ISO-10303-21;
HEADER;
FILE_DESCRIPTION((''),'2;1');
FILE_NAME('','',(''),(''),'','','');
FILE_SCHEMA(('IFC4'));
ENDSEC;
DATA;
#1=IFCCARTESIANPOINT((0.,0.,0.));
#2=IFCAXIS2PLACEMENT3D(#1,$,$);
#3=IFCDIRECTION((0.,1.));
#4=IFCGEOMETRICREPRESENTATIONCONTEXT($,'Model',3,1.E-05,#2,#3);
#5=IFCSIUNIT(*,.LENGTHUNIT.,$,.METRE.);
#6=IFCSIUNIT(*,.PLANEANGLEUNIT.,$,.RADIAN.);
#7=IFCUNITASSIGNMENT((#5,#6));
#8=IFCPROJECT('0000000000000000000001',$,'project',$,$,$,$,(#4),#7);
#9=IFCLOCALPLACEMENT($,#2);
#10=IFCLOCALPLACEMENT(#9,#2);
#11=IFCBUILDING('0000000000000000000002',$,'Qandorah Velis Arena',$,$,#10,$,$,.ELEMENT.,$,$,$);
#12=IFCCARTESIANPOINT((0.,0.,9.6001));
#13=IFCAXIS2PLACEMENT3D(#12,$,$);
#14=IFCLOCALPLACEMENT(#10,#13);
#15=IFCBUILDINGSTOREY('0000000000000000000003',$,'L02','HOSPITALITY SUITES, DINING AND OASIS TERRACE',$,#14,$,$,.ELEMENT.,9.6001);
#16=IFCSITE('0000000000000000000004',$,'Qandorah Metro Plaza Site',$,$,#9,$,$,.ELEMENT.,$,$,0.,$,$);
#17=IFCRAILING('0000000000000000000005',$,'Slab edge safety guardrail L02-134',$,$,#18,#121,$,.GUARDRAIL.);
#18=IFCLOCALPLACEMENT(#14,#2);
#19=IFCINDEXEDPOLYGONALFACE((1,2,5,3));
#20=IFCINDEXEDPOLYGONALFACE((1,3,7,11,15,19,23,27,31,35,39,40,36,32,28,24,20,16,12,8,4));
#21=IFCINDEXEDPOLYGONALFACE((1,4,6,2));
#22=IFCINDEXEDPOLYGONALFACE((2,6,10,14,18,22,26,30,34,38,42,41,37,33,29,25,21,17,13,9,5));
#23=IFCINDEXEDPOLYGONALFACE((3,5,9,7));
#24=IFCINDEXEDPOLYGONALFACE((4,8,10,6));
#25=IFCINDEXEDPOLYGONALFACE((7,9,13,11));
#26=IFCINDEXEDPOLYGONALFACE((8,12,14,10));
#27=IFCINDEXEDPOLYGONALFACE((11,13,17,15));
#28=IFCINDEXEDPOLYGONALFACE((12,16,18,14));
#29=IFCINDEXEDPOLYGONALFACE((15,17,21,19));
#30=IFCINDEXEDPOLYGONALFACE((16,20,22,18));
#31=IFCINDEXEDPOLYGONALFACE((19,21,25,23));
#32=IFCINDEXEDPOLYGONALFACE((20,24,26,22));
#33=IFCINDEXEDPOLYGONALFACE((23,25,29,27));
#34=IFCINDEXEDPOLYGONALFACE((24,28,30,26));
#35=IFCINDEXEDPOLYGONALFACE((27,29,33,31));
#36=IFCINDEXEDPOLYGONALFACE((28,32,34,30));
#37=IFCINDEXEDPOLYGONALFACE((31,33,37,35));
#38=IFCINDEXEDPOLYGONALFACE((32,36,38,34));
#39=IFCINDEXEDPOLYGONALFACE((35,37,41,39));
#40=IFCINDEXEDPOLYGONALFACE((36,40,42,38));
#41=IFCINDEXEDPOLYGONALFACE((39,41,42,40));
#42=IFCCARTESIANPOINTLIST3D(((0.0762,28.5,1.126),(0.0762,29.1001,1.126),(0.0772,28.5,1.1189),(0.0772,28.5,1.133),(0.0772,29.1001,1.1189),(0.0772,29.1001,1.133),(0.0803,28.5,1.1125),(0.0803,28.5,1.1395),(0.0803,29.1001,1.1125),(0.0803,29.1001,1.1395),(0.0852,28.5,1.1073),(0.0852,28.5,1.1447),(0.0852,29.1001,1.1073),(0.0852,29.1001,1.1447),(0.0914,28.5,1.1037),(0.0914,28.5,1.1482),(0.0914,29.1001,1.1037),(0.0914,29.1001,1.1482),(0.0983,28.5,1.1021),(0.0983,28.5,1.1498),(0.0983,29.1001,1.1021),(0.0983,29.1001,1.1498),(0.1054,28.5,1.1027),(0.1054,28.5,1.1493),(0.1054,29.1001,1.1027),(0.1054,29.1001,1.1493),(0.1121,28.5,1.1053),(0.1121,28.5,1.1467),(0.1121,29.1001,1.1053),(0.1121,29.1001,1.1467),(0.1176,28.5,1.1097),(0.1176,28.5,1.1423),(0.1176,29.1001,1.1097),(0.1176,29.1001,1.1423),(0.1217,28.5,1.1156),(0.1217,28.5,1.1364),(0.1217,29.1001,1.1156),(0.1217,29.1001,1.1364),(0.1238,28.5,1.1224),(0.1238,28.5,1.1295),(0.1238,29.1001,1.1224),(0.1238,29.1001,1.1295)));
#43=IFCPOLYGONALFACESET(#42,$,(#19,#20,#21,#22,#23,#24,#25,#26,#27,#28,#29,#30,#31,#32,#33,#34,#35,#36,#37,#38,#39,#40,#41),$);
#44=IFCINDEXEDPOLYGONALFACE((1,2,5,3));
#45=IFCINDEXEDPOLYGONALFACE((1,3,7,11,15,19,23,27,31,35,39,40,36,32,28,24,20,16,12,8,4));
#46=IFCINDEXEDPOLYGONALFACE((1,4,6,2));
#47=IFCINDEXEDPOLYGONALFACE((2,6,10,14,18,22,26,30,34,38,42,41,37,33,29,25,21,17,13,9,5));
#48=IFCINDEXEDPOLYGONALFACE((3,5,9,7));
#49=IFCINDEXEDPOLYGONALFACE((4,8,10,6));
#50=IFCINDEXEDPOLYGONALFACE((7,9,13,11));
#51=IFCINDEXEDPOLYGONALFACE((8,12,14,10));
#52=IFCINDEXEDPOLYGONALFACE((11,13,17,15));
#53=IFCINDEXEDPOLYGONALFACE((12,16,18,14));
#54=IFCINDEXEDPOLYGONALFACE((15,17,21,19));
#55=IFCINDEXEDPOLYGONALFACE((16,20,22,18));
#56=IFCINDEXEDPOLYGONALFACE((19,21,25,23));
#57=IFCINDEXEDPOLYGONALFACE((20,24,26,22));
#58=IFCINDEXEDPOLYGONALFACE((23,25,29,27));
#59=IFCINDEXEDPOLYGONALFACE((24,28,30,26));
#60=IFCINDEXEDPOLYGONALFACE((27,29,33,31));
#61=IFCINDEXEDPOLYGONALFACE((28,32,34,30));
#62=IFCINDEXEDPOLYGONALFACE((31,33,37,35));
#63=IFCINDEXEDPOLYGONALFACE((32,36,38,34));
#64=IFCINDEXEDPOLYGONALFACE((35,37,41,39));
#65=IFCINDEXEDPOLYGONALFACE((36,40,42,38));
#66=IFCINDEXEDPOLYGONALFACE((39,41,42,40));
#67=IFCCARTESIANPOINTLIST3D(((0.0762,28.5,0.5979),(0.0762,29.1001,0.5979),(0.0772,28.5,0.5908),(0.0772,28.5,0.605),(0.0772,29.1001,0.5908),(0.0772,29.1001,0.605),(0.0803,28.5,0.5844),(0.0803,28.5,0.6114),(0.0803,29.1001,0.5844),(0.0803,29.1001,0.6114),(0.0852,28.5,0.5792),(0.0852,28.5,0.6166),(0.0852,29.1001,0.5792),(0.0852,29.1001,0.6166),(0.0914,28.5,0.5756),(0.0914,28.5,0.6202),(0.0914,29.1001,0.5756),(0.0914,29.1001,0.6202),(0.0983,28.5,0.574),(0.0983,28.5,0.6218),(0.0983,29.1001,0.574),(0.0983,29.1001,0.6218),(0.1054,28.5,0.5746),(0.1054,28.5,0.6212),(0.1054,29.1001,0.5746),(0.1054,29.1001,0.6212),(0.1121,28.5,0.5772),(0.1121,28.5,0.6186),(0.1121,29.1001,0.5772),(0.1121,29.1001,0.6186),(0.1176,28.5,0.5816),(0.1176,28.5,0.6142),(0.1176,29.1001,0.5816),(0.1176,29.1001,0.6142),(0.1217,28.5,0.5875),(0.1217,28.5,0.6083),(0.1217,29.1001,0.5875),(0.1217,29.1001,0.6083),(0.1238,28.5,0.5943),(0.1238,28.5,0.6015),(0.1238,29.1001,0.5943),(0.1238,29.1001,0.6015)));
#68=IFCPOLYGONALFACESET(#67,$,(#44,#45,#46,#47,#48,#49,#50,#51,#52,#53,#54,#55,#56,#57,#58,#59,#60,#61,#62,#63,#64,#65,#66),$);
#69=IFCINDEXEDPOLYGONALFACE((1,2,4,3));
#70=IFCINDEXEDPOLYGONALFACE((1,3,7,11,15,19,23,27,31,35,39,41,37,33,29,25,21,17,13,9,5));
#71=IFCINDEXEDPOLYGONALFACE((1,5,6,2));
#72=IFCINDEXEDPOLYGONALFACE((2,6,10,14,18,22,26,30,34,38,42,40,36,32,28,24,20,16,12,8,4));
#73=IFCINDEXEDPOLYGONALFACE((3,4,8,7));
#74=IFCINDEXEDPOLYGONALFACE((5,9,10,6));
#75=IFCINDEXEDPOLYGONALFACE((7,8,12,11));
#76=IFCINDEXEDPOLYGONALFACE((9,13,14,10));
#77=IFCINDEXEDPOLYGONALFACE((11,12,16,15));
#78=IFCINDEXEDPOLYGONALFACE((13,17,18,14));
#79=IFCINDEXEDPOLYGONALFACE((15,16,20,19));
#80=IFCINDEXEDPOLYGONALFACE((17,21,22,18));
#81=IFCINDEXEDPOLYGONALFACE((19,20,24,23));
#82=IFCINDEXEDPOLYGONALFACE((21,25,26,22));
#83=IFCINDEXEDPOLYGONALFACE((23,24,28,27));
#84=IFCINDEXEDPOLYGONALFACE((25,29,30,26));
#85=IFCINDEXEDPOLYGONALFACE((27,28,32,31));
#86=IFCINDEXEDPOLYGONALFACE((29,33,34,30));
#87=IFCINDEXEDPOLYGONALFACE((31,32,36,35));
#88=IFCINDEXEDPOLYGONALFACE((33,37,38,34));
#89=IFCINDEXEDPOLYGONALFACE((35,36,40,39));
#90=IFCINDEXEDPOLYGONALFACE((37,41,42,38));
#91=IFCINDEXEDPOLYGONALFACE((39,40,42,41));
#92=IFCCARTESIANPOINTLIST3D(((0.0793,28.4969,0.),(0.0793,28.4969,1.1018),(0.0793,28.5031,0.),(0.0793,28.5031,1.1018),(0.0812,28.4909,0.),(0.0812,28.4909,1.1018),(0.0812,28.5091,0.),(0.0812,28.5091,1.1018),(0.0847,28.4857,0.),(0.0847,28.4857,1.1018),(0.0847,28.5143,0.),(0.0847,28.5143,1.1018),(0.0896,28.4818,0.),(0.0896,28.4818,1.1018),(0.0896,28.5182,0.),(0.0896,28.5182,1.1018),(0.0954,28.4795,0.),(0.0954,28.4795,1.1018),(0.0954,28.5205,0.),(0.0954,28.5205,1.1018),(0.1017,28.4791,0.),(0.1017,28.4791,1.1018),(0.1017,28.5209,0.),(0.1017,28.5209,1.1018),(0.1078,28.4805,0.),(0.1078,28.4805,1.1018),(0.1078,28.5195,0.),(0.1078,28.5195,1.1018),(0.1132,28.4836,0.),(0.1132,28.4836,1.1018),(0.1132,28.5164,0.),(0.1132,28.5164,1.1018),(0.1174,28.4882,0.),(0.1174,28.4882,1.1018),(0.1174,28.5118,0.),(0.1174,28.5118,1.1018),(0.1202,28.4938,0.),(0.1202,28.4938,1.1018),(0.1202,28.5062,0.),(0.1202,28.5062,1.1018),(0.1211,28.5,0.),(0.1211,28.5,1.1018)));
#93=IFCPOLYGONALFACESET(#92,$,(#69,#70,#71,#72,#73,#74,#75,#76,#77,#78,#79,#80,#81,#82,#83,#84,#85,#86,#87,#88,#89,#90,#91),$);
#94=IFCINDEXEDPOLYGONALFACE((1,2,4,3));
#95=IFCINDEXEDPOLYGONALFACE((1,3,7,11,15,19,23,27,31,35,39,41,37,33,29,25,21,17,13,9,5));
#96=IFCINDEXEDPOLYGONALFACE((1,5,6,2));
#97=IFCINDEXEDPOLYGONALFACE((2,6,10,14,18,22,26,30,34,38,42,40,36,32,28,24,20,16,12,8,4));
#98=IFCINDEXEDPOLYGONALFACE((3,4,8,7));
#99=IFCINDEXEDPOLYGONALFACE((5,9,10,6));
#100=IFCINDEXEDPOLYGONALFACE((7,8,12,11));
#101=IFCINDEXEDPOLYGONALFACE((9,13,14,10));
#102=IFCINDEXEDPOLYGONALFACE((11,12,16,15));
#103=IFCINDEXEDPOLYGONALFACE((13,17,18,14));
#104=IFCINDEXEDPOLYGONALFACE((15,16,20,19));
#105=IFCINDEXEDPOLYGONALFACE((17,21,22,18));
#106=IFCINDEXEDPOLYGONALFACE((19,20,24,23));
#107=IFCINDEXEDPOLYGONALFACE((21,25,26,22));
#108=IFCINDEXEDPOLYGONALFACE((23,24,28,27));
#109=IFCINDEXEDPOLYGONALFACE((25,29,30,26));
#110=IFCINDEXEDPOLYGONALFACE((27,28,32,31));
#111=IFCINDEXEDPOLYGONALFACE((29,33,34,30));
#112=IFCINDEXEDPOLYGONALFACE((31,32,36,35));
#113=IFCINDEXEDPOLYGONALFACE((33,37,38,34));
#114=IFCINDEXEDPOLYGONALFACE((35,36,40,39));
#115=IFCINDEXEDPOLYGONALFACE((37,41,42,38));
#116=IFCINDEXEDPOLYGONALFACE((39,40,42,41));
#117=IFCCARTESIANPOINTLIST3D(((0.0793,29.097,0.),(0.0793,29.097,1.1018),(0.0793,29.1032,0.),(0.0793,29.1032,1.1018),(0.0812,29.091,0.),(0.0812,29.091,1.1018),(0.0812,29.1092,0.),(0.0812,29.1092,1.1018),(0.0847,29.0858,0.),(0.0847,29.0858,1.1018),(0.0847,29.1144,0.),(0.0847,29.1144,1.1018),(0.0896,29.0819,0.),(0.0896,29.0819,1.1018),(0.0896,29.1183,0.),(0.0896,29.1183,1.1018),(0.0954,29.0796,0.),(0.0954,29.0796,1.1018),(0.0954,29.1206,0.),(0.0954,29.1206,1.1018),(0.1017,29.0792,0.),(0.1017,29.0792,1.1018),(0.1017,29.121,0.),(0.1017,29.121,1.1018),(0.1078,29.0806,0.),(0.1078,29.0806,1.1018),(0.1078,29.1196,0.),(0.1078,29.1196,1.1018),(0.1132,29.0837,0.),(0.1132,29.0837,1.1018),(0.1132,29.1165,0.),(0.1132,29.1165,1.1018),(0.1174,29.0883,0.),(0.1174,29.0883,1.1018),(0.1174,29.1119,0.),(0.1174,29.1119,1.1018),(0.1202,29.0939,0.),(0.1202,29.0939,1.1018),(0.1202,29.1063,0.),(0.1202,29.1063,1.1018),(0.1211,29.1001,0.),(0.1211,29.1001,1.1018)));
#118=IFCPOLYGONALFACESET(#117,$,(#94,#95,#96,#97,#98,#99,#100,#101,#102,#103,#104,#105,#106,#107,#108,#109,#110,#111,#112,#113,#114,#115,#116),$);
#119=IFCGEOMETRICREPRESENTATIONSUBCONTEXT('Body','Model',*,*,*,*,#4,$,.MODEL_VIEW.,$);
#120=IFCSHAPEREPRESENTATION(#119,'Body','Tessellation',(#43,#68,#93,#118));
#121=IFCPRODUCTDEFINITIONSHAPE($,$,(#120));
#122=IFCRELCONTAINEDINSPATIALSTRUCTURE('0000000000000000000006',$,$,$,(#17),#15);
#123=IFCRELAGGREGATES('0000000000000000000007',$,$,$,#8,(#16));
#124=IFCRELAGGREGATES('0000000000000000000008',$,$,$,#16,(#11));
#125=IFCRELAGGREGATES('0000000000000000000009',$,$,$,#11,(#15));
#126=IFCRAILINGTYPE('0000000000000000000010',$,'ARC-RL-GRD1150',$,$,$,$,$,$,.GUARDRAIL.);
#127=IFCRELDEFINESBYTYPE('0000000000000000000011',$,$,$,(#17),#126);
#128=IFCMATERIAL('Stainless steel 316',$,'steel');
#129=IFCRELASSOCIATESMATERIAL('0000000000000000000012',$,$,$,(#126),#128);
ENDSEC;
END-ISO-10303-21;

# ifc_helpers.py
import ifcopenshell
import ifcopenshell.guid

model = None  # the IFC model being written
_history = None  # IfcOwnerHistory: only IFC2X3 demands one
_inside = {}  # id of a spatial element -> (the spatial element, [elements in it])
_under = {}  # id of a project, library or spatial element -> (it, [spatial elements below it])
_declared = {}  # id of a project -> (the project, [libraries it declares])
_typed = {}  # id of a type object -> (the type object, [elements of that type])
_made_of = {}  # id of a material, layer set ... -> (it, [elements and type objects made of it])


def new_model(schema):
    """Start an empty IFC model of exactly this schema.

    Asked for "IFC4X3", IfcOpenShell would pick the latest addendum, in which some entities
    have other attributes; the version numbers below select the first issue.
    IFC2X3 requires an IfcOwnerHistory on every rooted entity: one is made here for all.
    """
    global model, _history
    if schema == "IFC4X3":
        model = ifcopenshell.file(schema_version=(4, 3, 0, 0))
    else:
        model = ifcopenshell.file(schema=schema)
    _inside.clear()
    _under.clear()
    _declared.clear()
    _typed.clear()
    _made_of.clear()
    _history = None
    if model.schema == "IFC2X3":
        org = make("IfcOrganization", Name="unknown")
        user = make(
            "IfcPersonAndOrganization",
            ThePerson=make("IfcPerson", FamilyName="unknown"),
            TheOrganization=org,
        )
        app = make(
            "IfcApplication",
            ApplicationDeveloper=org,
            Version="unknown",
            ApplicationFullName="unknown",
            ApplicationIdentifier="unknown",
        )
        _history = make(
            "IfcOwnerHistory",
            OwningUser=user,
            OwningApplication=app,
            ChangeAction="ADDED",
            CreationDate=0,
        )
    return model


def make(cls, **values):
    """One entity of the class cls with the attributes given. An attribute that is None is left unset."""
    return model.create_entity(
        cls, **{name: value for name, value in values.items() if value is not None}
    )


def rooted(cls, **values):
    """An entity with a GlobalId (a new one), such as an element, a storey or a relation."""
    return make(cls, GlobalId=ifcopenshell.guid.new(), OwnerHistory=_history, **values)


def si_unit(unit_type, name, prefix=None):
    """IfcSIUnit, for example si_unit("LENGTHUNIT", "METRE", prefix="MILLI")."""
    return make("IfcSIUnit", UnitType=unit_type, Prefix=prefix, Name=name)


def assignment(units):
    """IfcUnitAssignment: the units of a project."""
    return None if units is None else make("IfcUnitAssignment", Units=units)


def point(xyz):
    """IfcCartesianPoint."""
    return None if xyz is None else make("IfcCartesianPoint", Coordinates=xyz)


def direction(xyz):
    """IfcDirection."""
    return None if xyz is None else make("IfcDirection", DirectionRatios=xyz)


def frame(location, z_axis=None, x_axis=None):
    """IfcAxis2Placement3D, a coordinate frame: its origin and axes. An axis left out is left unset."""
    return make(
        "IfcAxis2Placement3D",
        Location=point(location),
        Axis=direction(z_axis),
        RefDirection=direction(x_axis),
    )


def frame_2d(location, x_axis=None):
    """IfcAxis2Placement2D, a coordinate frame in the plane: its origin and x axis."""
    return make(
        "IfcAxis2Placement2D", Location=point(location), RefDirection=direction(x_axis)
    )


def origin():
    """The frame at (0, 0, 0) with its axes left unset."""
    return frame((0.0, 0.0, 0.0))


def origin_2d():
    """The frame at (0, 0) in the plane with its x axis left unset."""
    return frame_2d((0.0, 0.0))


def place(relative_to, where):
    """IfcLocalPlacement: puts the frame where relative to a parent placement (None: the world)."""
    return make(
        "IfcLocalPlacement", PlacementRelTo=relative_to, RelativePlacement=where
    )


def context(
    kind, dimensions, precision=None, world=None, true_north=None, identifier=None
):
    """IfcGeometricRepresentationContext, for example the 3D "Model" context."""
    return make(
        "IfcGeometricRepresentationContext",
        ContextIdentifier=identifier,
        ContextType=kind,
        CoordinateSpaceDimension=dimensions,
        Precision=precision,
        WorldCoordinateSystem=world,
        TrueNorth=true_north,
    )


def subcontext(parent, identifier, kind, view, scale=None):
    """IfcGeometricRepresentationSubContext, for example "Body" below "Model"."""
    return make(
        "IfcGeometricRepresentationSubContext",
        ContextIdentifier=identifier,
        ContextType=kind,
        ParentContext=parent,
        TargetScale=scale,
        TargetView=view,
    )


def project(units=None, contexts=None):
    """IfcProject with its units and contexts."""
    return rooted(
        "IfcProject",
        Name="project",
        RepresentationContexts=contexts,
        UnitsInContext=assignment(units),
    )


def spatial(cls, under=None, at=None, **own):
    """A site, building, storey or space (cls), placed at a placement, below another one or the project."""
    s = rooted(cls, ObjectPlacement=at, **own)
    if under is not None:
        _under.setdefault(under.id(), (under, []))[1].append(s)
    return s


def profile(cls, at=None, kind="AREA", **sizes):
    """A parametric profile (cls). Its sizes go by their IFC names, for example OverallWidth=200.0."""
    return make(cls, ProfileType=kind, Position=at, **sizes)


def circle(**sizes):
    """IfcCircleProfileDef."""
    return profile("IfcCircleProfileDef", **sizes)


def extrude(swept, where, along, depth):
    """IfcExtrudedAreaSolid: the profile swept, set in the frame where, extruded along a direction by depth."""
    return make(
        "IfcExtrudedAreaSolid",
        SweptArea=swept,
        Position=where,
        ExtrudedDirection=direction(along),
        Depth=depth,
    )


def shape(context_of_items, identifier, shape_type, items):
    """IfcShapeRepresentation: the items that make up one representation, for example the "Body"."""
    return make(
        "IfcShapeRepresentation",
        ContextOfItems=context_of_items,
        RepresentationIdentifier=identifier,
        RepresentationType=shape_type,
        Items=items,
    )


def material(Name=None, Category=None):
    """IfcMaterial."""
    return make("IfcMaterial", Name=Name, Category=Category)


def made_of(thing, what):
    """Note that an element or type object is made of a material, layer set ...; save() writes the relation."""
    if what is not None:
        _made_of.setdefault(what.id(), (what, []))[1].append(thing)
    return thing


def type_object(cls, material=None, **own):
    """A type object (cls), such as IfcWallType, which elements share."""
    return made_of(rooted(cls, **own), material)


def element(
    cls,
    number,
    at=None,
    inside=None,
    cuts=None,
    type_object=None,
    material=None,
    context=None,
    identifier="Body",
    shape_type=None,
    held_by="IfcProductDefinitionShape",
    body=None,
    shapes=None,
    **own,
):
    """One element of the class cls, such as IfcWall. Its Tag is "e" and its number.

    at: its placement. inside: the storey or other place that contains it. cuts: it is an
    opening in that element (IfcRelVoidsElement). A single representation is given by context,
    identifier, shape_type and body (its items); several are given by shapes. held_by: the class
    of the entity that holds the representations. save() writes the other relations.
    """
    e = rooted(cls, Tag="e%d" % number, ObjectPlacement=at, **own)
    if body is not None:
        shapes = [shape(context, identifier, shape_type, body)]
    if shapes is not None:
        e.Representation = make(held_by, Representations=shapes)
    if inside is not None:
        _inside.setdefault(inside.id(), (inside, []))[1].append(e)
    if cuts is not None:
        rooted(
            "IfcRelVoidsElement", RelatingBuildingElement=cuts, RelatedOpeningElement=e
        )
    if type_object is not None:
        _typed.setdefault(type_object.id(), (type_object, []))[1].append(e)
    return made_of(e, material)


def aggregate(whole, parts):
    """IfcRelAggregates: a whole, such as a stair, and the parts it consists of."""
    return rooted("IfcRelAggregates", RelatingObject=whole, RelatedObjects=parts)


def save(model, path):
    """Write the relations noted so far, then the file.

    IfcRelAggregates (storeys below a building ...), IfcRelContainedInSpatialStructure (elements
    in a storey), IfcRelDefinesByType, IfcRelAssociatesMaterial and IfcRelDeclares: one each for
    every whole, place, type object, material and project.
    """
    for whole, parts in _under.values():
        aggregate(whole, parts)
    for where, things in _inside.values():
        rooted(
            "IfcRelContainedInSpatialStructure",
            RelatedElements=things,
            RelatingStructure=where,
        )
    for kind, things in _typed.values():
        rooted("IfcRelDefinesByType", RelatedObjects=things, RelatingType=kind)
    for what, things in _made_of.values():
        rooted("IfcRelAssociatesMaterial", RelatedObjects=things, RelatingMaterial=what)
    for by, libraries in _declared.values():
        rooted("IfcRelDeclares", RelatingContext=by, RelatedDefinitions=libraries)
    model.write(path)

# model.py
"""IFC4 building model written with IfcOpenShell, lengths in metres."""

from ifc_helpers import new_model, si_unit, direction, frame, origin, origin_2d, place, context, subcontext, project, spatial, circle, extrude, material, type_object, element, save


model = new_model("IFC4")

# Units and contexts
model_context = context("Model", 3, precision=1e-05, world=origin(), true_north=direction((0.0, 1.0)))
body_context = subcontext(model_context, "Body", "Model", "MODEL_VIEW")
ifc_project = project(units=[si_unit("LENGTHUNIT", "METRE"), si_unit("PLANEANGLEUNIT", "RADIAN")], contexts=[model_context])

# Site, building, storey
site_placement = place(None, origin())
site = spatial("IfcSite", under=ifc_project, at=site_placement, Name="Qandorah Metro Plaza Site", CompositionType="ELEMENT", RefElevation=0.0)
building_placement = place(site_placement, origin())
building = spatial("IfcBuilding", under=site, at=building_placement, Name="Qandorah Velis Arena", CompositionType="ELEMENT")
storey_placement = place(building_placement, frame((0.0, 0.0, 9.6001)))
storey = spatial("IfcBuildingStorey", under=building, at=storey_placement, Name="L02", Description="HOSPITALITY SUITES, DINING AND OASIS TERRACE", CompositionType="ELEMENT", Elevation=9.6001)

# Railing
ifc_material_1 = material(Name="Stainless steel 316", Category="steel")
railing_type = type_object("IfcRailingType", Name="ARC-RL-GRD1150", PredefinedType="GUARDRAIL", material=ifc_material_1)
railing_1_placement = place(storey_placement, frame((0.1001, 28.5, 0.0)))
element("IfcRailing", 1, at=railing_1_placement, inside=storey, type_object=railing_type, Name="Slab edge safety guardrail L02-134", PredefinedType="GUARDRAIL", context=body_context, shape_type="SweptSolid", body=[
    extrude(circle(Radius=0.0239, at=origin_2d()), frame((0.0, 0.0, 1.126), z_axis=(0.0, 1.0, 0.0), x_axis=(-1.0, 0.0, 0.0)), (0.0, 0.0, 1.0), 0.6001),
    extrude(circle(Radius=0.0239, at=origin_2d()), frame((0.0, 0.0, 0.5979), z_axis=(0.0, 1.0, 0.0), x_axis=(-1.0, 0.0, 0.0)), (0.0, 0.0, 1.0), 0.6001),
    extrude(circle(Radius=0.021, at=origin_2d()), origin(), (0.0, 0.0, 1.0), 1.1018),
    extrude(circle(Radius=0.021, at=origin_2d()), frame((0.0, 0.6001, 0.0)), (0.0, 0.0, 1.0), 1.1018),
])

save(model, "model.ifc")
